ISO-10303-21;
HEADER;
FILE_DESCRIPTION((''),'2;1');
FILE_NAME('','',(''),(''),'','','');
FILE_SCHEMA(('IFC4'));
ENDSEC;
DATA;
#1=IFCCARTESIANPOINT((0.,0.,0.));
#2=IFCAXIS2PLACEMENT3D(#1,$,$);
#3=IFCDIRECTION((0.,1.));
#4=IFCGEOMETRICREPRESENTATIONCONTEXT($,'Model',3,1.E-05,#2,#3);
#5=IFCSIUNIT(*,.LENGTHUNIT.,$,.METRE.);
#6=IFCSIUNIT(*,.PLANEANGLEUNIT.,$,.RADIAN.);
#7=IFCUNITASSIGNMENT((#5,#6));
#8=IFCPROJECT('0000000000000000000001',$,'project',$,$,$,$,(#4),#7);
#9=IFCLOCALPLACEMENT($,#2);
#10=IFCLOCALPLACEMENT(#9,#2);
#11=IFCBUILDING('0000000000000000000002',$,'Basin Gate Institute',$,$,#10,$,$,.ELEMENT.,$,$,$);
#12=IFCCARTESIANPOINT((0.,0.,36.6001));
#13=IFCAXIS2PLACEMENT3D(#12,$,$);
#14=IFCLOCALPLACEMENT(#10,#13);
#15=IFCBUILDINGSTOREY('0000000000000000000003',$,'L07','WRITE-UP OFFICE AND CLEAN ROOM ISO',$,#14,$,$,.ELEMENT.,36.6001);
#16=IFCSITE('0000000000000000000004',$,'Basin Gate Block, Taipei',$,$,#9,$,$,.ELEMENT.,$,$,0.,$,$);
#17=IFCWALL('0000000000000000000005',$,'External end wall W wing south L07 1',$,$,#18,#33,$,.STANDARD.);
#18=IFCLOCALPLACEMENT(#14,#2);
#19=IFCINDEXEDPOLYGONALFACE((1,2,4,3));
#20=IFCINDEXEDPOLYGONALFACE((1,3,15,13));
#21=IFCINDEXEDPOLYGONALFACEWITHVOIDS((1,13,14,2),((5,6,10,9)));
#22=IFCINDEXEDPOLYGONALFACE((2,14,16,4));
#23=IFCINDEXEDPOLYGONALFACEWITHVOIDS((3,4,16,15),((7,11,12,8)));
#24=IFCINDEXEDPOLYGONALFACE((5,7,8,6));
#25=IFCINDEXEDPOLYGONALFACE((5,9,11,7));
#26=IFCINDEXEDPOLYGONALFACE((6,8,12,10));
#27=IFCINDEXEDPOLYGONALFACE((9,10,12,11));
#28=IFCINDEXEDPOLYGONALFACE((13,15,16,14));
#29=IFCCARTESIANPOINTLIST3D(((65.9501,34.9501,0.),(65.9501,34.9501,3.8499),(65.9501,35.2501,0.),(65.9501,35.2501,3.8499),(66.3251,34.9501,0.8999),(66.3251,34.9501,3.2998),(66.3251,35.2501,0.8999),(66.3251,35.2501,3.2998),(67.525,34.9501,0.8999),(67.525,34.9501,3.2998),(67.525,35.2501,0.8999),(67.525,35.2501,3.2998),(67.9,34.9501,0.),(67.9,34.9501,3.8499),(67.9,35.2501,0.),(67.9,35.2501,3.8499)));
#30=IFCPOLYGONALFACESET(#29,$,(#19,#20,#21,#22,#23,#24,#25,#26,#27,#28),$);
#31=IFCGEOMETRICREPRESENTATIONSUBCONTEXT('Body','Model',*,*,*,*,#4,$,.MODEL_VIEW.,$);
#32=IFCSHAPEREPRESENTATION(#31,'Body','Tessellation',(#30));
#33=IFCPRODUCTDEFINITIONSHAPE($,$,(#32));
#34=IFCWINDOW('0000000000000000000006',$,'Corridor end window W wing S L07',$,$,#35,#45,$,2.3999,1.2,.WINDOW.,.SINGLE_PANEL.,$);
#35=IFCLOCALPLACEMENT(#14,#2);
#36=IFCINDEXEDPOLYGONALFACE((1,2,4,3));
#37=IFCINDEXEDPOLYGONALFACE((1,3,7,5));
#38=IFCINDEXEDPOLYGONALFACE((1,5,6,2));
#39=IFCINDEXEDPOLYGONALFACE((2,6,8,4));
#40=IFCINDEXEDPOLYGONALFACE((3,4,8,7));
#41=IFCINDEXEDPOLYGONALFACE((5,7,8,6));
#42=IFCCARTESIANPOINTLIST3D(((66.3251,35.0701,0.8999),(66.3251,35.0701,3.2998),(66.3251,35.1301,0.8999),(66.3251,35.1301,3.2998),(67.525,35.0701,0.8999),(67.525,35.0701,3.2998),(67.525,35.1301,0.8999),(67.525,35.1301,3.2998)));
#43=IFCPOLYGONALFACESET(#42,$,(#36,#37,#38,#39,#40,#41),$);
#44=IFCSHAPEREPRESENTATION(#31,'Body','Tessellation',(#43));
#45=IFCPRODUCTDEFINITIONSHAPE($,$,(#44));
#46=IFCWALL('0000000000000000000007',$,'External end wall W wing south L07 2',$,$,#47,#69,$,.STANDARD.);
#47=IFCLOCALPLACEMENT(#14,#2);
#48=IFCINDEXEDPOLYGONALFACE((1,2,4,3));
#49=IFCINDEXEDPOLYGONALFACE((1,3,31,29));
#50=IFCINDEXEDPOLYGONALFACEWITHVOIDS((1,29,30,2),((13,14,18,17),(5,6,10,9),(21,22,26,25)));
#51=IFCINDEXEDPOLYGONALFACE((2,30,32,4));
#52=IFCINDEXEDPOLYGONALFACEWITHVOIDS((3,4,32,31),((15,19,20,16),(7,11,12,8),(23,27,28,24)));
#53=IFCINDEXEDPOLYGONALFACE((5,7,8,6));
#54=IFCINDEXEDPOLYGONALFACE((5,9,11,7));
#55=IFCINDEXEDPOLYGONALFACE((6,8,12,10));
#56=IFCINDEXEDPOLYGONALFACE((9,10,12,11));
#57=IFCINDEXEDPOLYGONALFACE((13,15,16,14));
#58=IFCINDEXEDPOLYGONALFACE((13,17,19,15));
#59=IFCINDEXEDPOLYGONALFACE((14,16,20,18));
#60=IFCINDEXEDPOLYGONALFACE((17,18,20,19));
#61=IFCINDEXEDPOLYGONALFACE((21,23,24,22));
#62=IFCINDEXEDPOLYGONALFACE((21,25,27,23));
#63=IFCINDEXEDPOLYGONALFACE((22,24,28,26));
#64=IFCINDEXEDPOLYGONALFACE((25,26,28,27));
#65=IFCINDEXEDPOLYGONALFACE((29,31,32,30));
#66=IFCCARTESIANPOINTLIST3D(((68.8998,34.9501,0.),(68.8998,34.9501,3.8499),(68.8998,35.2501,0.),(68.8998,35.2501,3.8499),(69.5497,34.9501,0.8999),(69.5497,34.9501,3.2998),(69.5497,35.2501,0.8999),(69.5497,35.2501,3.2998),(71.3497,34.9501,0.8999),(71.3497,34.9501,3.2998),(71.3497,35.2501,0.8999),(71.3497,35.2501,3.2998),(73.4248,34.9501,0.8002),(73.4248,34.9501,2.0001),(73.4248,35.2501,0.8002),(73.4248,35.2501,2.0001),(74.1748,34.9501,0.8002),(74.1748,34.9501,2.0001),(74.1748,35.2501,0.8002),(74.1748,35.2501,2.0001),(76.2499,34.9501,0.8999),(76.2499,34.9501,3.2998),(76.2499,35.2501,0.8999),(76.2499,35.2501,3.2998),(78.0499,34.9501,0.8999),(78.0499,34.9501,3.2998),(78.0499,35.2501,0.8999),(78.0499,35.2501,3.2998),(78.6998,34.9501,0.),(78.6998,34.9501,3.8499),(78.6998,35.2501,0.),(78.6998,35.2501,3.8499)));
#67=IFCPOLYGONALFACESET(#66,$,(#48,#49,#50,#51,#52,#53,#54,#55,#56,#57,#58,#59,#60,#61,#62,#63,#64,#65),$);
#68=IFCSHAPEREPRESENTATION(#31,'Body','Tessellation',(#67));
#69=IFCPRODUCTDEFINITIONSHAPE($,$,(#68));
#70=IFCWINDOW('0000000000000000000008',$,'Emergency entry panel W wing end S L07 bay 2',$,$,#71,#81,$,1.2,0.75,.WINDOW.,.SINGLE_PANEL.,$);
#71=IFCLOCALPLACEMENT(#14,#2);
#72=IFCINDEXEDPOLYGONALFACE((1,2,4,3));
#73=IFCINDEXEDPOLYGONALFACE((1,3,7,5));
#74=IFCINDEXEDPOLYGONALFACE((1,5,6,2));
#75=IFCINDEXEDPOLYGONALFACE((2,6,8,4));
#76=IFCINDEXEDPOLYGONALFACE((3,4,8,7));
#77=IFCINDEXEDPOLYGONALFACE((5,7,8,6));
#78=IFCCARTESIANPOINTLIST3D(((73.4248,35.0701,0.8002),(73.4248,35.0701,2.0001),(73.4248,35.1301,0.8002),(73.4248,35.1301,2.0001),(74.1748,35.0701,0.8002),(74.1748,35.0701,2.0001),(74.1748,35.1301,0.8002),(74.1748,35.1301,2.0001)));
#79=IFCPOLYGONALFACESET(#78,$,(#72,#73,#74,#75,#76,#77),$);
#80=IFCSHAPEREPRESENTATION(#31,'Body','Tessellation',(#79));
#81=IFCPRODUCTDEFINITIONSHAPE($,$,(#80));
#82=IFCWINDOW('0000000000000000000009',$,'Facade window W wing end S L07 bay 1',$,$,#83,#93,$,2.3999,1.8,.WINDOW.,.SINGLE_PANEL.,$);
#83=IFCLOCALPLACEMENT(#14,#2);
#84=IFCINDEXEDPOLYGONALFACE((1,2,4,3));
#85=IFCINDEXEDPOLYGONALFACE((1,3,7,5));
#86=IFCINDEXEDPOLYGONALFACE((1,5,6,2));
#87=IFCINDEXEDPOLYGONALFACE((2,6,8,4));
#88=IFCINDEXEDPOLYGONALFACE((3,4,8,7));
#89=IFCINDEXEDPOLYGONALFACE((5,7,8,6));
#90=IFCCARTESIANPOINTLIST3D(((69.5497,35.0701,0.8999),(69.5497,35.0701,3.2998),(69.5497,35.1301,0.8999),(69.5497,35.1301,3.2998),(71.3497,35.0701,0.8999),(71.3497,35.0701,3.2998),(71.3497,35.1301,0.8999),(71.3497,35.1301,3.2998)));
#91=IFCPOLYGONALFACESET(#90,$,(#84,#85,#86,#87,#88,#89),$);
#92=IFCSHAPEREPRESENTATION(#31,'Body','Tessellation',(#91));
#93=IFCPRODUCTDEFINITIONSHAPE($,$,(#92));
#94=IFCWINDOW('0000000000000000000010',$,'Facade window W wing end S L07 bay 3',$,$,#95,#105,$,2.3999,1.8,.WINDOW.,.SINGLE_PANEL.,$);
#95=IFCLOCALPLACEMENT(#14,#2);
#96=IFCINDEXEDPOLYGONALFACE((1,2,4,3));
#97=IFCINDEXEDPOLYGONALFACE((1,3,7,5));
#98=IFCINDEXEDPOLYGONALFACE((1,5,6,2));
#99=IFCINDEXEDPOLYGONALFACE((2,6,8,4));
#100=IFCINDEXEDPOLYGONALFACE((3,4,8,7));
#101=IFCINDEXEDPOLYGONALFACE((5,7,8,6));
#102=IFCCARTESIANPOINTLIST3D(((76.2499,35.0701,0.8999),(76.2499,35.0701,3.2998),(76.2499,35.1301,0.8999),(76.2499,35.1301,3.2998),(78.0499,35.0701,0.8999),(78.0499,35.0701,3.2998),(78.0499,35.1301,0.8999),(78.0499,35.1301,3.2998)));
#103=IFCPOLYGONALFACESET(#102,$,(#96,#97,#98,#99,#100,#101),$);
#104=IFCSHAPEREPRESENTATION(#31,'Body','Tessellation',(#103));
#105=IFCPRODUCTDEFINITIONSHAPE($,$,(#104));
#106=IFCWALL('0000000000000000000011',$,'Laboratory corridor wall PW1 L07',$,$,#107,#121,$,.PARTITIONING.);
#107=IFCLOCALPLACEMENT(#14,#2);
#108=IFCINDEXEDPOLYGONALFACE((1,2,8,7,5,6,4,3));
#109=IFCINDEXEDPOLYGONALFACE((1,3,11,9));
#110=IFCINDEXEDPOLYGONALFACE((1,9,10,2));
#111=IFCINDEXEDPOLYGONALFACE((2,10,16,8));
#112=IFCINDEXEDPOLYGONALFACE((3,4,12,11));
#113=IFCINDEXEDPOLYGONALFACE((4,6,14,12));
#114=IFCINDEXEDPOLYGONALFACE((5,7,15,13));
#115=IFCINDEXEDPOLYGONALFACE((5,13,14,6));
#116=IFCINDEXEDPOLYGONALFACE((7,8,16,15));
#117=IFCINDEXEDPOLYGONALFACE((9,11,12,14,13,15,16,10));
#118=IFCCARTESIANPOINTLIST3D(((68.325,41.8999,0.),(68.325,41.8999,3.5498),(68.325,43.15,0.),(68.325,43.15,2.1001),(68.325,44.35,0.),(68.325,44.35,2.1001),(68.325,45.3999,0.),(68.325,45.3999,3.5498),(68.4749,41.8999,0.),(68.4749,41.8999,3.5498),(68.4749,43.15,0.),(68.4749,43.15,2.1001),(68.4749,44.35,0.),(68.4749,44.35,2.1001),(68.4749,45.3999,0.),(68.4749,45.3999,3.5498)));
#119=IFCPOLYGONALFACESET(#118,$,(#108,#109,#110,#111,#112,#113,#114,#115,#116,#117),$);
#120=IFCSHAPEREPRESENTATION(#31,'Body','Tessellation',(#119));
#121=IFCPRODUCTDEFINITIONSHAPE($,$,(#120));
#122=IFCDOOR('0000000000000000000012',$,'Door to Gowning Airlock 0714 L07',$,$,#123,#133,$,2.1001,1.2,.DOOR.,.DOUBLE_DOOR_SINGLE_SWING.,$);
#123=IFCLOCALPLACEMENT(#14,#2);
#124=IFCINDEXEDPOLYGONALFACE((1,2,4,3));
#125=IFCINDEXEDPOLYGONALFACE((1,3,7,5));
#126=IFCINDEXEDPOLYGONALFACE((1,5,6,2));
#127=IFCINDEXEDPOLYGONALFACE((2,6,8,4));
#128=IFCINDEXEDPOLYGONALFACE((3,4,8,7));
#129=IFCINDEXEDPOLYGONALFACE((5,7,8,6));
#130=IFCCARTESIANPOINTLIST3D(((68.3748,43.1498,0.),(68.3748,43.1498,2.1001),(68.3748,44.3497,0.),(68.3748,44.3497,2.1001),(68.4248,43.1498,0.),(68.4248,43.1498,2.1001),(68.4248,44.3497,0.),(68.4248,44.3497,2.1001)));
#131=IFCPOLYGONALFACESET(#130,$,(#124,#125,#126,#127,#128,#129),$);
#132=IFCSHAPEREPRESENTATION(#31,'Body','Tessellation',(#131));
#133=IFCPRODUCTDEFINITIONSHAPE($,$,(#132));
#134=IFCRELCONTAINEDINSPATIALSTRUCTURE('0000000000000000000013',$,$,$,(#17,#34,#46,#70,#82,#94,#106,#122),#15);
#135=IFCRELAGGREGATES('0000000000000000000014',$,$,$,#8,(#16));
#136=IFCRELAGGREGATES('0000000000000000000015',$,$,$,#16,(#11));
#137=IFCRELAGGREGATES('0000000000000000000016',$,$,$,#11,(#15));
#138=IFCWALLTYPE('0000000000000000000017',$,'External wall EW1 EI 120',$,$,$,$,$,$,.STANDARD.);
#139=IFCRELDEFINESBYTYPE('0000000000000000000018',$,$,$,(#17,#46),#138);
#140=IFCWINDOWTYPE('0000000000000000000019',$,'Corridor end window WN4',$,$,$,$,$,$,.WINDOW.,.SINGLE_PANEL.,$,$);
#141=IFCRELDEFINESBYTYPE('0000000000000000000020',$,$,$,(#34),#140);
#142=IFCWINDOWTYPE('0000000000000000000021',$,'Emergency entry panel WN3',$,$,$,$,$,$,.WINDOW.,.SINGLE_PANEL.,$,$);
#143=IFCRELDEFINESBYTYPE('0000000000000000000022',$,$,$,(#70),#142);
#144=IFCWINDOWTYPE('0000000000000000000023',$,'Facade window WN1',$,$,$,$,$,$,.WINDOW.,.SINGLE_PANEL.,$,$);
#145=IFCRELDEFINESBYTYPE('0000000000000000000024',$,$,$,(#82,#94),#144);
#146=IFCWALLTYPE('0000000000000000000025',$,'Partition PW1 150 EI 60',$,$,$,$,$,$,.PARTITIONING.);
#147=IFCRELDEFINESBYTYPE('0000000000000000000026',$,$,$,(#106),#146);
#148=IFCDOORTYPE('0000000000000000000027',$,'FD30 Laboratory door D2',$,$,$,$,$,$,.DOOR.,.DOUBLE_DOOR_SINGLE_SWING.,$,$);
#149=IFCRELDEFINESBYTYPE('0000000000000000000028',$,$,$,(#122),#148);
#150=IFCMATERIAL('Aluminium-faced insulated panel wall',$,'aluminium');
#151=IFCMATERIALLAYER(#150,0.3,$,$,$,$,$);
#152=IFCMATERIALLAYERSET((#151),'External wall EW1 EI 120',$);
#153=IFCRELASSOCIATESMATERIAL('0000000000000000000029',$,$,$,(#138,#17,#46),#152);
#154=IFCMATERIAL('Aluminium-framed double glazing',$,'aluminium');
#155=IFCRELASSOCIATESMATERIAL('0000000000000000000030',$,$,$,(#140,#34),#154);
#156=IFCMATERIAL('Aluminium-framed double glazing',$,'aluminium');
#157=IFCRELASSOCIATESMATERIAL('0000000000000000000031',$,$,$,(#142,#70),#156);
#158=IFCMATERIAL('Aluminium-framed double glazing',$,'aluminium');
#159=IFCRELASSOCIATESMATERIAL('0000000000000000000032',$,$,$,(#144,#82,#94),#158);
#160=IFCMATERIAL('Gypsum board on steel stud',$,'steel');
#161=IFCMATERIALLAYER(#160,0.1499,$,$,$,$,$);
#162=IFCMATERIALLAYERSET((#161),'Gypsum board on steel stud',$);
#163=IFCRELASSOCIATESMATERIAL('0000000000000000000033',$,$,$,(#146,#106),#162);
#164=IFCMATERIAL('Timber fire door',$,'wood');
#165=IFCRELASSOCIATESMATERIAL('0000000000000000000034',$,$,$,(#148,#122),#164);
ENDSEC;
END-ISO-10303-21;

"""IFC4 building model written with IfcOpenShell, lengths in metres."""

from ifc_helpers import new_model, si_unit, direction, frame, frame_2d, origin, place, context, subcontext, project, spatial, rectangle, extrude, material, layer, layer_set, type_object, element, fill, save


model = new_model("IFC4")

# Units and contexts
model_context = context("Model", 3, precision=1e-05, world=origin(), true_north=direction((0.0, 1.0)))
body_context = subcontext(model_context, "Body", "Model", "MODEL_VIEW")
ifc_project = project(units=[si_unit("LENGTHUNIT", "METRE"), si_unit("PLANEANGLEUNIT", "RADIAN")], contexts=[model_context])

# Site, building, storey
site_placement = place(None, origin())
site = spatial("IfcSite", under=ifc_project, at=site_placement, Name="Basin Gate Block, Taipei", CompositionType="ELEMENT", RefElevation=0.0)
building_placement = place(site_placement, origin())
building = spatial("IfcBuilding", under=site, at=building_placement, Name="Basin Gate Institute", CompositionType="ELEMENT")
storey_placement = place(building_placement, frame((0.0, 0.0, 36.6001)))
storey = spatial("IfcBuildingStorey", under=building, at=storey_placement, Name="L07", Description="WRITE-UP OFFICE AND CLEAN ROOM ISO", CompositionType="ELEMENT", Elevation=36.6001)

# Wall, opening, window
ifc_material_1 = material(Name="Aluminium-faced insulated panel wall", Category="aluminium")
ifc_layer_1 = layer(ifc_material_1, 0.3)
ifc_layer_set_1 = layer_set([ifc_layer_1], Name="External wall EW1 EI 120")
wall_type_1 = type_object("IfcWallType", Name="External wall EW1 EI 120", PredefinedType="STANDARD", material=ifc_layer_set_1)
wall_1_placement = place(storey_placement, frame((65.95, 35.1001, 0.0), z_axis=(0.0, 0.0, 1.0), x_axis=(1.0, 0.0, 0.0)))
wall_1 = element("IfcWall", 1, at=wall_1_placement, inside=storey, type_object=wall_type_1, material=ifc_layer_set_1, Name="External end wall W wing south L07 1", PredefinedType="STANDARD", context=body_context, shape_type="SweptSolid", body=[
    extrude(rectangle(XDim=1.95, YDim=0.3, at=frame_2d((0.9751, 0.0))), origin(), (0.0, 0.0, 1.0), 3.8499),
])
opening_1_placement = place(wall_1_placement, frame((0.375, 0.0, 0.8999)))
opening_1 = element("IfcOpeningElement", 2, at=opening_1_placement, cuts=wall_1, PredefinedType="OPENING", context=body_context, shape_type="SweptSolid", body=[
    extrude(rectangle(XDim=1.2, YDim=2.3999, at=frame_2d((0.6001, 1.2))), frame((0.0, 0.1602, 0.0), z_axis=(0.0, -1.0, 0.0), x_axis=(1.0, 0.0, 0.0)), (0.0, 0.0, 1.0), 0.3201),
])
ifc_material_2 = material(Name="Aluminium-framed double glazing", Category="aluminium")
window_type_1 = type_object("IfcWindowType", Name="Corridor end window WN4", PartitioningType="SINGLE_PANEL", PredefinedType="WINDOW", material=ifc_material_2)
window_1_placement = place(opening_1_placement, origin())
window_1 = element("IfcWindow", 3, at=window_1_placement, inside=storey, type_object=window_type_1, material=ifc_material_2, Name="Corridor end window W wing S L07", OverallHeight=2.3999, OverallWidth=1.2, PartitioningType="SINGLE_PANEL", PredefinedType="WINDOW", context=body_context, shape_type="SweptSolid", body=[
    extrude(rectangle(XDim=1.2, YDim=2.3999, at=frame_2d((0.6001, 1.2))), frame((0.0, 0.03, 0.0), z_axis=(0.0, -1.0, 0.0), x_axis=(1.0, 0.0, 0.0)), (0.0, 0.0, 1.0), 0.0601),
])
fill(opening_1, window_1)

# Wall, openings, windows
wall_2_placement = place(storey_placement, frame((68.8999, 35.1001, 0.0), z_axis=(0.0, 0.0, 1.0), x_axis=(1.0, 0.0, 0.0)))
wall_2 = element("IfcWall", 4, at=wall_2_placement, inside=storey, type_object=wall_type_1, material=ifc_layer_set_1, Name="External end wall W wing south L07 2", PredefinedType="STANDARD", context=body_context, shape_type="SweptSolid", body=[
    extrude(rectangle(XDim=9.8, YDim=0.3, at=frame_2d((4.8999, 0.0))), origin(), (0.0, 0.0, 1.0), 3.8499),
])
opening_2_placement = place(wall_2_placement, frame((0.6499, 0.0, 0.8999)))
opening_2 = element("IfcOpeningElement", 5, at=opening_2_placement, cuts=wall_2, PredefinedType="OPENING", context=body_context, shape_type="SweptSolid", body=[
    extrude(rectangle(XDim=1.8, YDim=2.3999, at=frame_2d((0.8999, 1.2))), frame((0.0, 0.1602, 0.0), z_axis=(0.0, -1.0, 0.0), x_axis=(1.0, 0.0, 0.0)), (0.0, 0.0, 1.0), 0.3201),
])
opening_3_placement = place(wall_2_placement, frame((4.5249, 0.0, 0.8)))
opening_3 = element("IfcOpeningElement", 6, at=opening_3_placement, cuts=wall_2, PredefinedType="OPENING", context=body_context, shape_type="SweptSolid", body=[
    extrude(rectangle(XDim=0.75, YDim=1.2, at=frame_2d((0.375, 0.6001))), frame((0.0, 0.1602, 0.0), z_axis=(0.0, -1.0, 0.0), x_axis=(1.0, 0.0, 0.0)), (0.0, 0.0, 1.0), 0.3201),
])
opening_4_placement = place(wall_2_placement, frame((7.3501, 0.0, 0.8999)))
opening_4 = element("IfcOpeningElement", 7, at=opening_4_placement, cuts=wall_2, PredefinedType="OPENING", context=body_context, shape_type="SweptSolid", body=[
    extrude(rectangle(XDim=1.8, YDim=2.3999, at=frame_2d((0.8999, 1.2))), frame((0.0, 0.1602, 0.0), z_axis=(0.0, -1.0, 0.0), x_axis=(1.0, 0.0, 0.0)), (0.0, 0.0, 1.0), 0.3201),
])
ifc_material_3 = material(Name="Aluminium-framed double glazing", Category="aluminium")
window_type_2 = type_object("IfcWindowType", Name="Emergency entry panel WN3", PartitioningType="SINGLE_PANEL", PredefinedType="WINDOW", material=ifc_material_3)
window_2_placement = place(opening_3_placement, origin())
window_2 = element("IfcWindow", 8, at=window_2_placement, inside=storey, type_object=window_type_2, material=ifc_material_3, Name="Emergency entry panel W wing end S L07 bay 2", OverallHeight=1.2, OverallWidth=0.75, PartitioningType="SINGLE_PANEL", PredefinedType="WINDOW", context=body_context, shape_type="SweptSolid", body=[
    extrude(rectangle(XDim=0.75, YDim=1.2, at=frame_2d((0.375, 0.6001))), frame((0.0, 0.03, 0.0), z_axis=(0.0, -1.0, 0.0), x_axis=(1.0, 0.0, 0.0)), (0.0, 0.0, 1.0), 0.0601),
])
fill(opening_3, window_2)
ifc_material_4 = material(Name="Aluminium-framed double glazing", Category="aluminium")
window_type_3 = type_object("IfcWindowType", Name="Facade window WN1", PartitioningType="SINGLE_PANEL", PredefinedType="WINDOW", material=ifc_material_4)
window_3_placement = place(opening_2_placement, origin())
window_3 = element("IfcWindow", 9, at=window_3_placement, inside=storey, type_object=window_type_3, material=ifc_material_4, Name="Facade window W wing end S L07 bay 1", OverallHeight=2.3999, OverallWidth=1.8, PartitioningType="SINGLE_PANEL", PredefinedType="WINDOW", context=body_context, shape_type="SweptSolid", body=[
    extrude(rectangle(XDim=1.8, YDim=2.3999, at=frame_2d((0.8999, 1.2))), frame((0.0, 0.03, 0.0), z_axis=(0.0, -1.0, 0.0), x_axis=(1.0, 0.0, 0.0)), (0.0, 0.0, 1.0), 0.0601),
])
fill(opening_2, window_3)
window_4_placement = place(opening_4_placement, origin())
window_4 = element("IfcWindow", 10, at=window_4_placement, inside=storey, type_object=window_type_3, material=ifc_material_4, Name="Facade window W wing end S L07 bay 3", OverallHeight=2.3999, OverallWidth=1.8, PartitioningType="SINGLE_PANEL", PredefinedType="WINDOW", context=body_context, shape_type="SweptSolid", body=[
    extrude(rectangle(XDim=1.8, YDim=2.3999, at=frame_2d((0.8999, 1.2))), frame((0.0, 0.03, 0.0), z_axis=(0.0, -1.0, 0.0), x_axis=(1.0, 0.0, 0.0)), (0.0, 0.0, 1.0), 0.0601),
])
fill(opening_4, window_4)

# Wall, opening, door
ifc_material_5 = material(Name="Gypsum board on steel stud", Category="steel")
ifc_layer_2 = layer(ifc_material_5, 0.1499)
ifc_layer_set_2 = layer_set([ifc_layer_2], Name="Gypsum board on steel stud")
wall_type_2 = type_object("IfcWallType", Name="Partition PW1 150 EI 60", PredefinedType="PARTITIONING", material=ifc_layer_set_2)
wall_3_placement = place(storey_placement, frame((68.3999, 41.8999, 0.0), z_axis=(0.0, 0.0, 1.0), x_axis=(0.0, 1.0, 0.0)))
wall_3 = element("IfcWall", 11, at=wall_3_placement, inside=storey, type_object=wall_type_2, material=ifc_layer_set_2, Name="Laboratory corridor wall PW1 L07", PredefinedType="PARTITIONING", context=body_context, shape_type="SweptSolid", body=[
    extrude(rectangle(XDim=3.5, YDim=0.1499, at=frame_2d((1.75, 0.0))), origin(), (0.0, 0.0, 1.0), 3.5498),
])
opening_5_placement = place(wall_3_placement, frame((1.25, 0.0, 0.0)))
opening_5 = element("IfcOpeningElement", 12, at=opening_5_placement, cuts=wall_3, PredefinedType="OPENING", context=body_context, shape_type="SweptSolid", body=[
    extrude(rectangle(XDim=1.2, YDim=2.1001, at=frame_2d((0.6001, 1.05))), frame((0.0, 0.085, 0.0), z_axis=(0.0, -1.0, 0.0), x_axis=(1.0, 0.0, 0.0)), (0.0, 0.0, 1.0), 0.1699),
])
ifc_material_6 = material(Name="Timber fire door", Category="wood")
door_type_1 = type_object("IfcDoorType", Name="FD30 Laboratory door D2", OperationType="DOUBLE_DOOR_SINGLE_SWING", PredefinedType="DOOR", material=ifc_material_6)
door_1_placement = place(opening_5_placement, frame((1.2, 0.0, 0.0), z_axis=(0.0, 0.0, 1.0), x_axis=(-1.0, 0.0, 0.0)))
door_1 = element("IfcDoor", 13, at=door_1_placement, inside=storey, type_object=door_type_1, material=ifc_material_6, Name="Door to Gowning Airlock 0714 L07", OperationType="DOUBLE_DOOR_SINGLE_SWING", OverallHeight=2.1001, OverallWidth=1.2, PredefinedType="DOOR", context=body_context, shape_type="SweptSolid", body=[
    extrude(rectangle(XDim=1.2, YDim=2.1001, at=frame_2d((0.6001, 1.05))), frame((0.0, 0.0249, 0.0), z_axis=(0.0, -1.0, 0.0), x_axis=(1.0, 0.0, 0.0)), (0.0, 0.0, 1.0), 0.05),
])
fill(opening_5, door_1)

save(model, "model.ifc")
